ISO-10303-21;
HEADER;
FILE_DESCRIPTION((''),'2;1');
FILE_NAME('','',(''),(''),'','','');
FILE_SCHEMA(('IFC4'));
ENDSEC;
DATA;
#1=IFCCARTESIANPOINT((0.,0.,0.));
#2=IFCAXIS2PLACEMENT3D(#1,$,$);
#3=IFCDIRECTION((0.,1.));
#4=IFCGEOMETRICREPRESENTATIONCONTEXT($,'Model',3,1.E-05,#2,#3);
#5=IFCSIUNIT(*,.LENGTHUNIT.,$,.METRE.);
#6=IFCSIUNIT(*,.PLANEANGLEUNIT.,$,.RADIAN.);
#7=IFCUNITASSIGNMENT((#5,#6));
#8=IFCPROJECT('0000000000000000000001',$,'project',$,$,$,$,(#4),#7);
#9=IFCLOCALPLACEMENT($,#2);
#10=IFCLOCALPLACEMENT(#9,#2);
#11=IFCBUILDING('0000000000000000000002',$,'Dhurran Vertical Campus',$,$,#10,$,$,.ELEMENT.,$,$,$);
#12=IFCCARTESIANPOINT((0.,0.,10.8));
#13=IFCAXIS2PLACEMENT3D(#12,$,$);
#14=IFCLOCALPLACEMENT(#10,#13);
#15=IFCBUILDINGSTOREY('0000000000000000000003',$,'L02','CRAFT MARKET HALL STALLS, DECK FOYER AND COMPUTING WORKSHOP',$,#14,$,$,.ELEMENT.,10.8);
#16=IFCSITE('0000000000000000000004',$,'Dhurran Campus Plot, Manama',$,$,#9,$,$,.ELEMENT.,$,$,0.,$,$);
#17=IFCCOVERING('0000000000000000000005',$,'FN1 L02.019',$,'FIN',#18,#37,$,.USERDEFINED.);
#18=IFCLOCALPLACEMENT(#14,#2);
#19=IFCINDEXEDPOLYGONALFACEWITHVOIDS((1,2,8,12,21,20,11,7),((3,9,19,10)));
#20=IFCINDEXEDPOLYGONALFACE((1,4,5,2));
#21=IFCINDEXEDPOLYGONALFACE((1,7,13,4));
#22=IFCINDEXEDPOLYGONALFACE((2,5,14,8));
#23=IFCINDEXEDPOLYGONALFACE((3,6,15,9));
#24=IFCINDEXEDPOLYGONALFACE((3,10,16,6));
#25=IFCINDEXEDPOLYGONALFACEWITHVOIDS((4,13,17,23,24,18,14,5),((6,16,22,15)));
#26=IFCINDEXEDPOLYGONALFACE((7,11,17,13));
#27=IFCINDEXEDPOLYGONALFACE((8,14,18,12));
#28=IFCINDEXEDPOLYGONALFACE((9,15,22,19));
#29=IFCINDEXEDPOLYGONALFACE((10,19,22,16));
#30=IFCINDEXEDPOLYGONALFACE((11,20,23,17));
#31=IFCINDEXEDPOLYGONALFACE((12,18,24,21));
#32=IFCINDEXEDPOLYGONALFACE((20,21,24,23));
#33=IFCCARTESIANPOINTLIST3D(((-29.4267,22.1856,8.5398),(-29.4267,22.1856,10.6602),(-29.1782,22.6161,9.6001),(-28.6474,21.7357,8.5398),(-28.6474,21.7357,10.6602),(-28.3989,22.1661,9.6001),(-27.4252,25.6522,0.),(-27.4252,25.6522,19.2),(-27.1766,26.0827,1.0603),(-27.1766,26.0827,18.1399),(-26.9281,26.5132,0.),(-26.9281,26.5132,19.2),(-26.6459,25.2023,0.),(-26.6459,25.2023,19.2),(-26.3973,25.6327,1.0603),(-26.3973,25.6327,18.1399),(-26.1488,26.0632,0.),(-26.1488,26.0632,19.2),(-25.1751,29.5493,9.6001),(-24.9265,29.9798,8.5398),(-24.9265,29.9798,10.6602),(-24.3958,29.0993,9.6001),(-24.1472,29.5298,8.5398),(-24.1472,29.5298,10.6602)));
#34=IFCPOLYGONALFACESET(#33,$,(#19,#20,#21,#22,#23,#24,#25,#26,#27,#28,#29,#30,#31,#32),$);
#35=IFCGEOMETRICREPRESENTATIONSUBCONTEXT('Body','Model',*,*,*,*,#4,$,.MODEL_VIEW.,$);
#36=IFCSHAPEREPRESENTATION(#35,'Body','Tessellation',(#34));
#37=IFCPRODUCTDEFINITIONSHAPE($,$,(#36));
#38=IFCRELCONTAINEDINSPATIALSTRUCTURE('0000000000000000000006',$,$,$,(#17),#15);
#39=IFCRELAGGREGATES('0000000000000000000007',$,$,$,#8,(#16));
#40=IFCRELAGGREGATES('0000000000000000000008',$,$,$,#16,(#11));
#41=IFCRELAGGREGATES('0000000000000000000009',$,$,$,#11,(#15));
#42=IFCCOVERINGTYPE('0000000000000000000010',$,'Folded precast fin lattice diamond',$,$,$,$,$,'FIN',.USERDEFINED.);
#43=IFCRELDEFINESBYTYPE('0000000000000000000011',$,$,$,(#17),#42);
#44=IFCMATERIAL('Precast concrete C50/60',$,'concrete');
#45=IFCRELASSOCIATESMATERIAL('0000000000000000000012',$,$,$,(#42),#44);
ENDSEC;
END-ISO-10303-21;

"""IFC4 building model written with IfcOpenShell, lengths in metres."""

from ifc_helpers import new_model, si_unit, direction, frame, origin, place, context, subcontext, project, spatial, polyline, outline, extrude, material, type_object, element, save


model = new_model("IFC4")

# Units and contexts
model_context = context("Model", 3, precision=1e-05, world=origin(), true_north=direction((0.0, 1.0)))
body_context = subcontext(model_context, "Body", "Model", "MODEL_VIEW")
ifc_project = project(units=[si_unit("LENGTHUNIT", "METRE"), si_unit("PLANEANGLEUNIT", "RADIAN")], contexts=[model_context])

# Site, building, storey
site_placement = place(None, origin())
site = spatial("IfcSite", under=ifc_project, at=site_placement, Name="Dhurran Campus Plot, Manama", CompositionType="ELEMENT", RefElevation=0.0)
building_placement = place(site_placement, origin())
building = spatial("IfcBuilding", under=site, at=building_placement, Name="Dhurran Vertical Campus", CompositionType="ELEMENT")
storey_placement = place(building_placement, frame((0.0, 0.0, 10.8)))
storey = spatial("IfcBuildingStorey", under=building, at=storey_placement, Name="L02", Description="CRAFT MARKET HALL STALLS, DECK FOYER AND COMPUTING WORKSHOP", CompositionType="ELEMENT", Elevation=10.8)

# Covering
ifc_material_1 = material(Name="Precast concrete C50/60", Category="concrete")
covering_type = type_object("IfcCoveringType", Name="Folded precast fin lattice diamond", ElementType="FIN", PredefinedType="USERDEFINED", material=ifc_material_1)
covering_1_placement = place(storey_placement, frame((-24.1472, 29.5298, 0.0), z_axis=(-0.866014, 0.50002, 0.0), x_axis=(-0.50002, -0.866014, 0.0)))
element("IfcCovering", 1, at=covering_1_placement, inside=storey, type_object=covering_type, Name="FN1 L02.019", ObjectType="FIN", PredefinedType="USERDEFINED", context=body_context, shape_type="SweptSolid", body=[
    extrude(outline(polyline([(9.0, 10.6602), (9.0, 8.5398), (4.9971, 0.0), (4.0029, 0.0), (0.0, 8.5398), (0.0, 10.6602), (4.0029, 19.2), (4.9971, 19.2), (9.0, 10.6602)]), holes=[polyline([(8.5029, 9.6001), (4.5, 18.1399), (0.4971, 9.6001), (4.5, 1.0603), (8.5029, 9.6001)])]), origin(), (0.0, 0.0, 1.0), 0.8999),
])

save(model, "model.ifc")
